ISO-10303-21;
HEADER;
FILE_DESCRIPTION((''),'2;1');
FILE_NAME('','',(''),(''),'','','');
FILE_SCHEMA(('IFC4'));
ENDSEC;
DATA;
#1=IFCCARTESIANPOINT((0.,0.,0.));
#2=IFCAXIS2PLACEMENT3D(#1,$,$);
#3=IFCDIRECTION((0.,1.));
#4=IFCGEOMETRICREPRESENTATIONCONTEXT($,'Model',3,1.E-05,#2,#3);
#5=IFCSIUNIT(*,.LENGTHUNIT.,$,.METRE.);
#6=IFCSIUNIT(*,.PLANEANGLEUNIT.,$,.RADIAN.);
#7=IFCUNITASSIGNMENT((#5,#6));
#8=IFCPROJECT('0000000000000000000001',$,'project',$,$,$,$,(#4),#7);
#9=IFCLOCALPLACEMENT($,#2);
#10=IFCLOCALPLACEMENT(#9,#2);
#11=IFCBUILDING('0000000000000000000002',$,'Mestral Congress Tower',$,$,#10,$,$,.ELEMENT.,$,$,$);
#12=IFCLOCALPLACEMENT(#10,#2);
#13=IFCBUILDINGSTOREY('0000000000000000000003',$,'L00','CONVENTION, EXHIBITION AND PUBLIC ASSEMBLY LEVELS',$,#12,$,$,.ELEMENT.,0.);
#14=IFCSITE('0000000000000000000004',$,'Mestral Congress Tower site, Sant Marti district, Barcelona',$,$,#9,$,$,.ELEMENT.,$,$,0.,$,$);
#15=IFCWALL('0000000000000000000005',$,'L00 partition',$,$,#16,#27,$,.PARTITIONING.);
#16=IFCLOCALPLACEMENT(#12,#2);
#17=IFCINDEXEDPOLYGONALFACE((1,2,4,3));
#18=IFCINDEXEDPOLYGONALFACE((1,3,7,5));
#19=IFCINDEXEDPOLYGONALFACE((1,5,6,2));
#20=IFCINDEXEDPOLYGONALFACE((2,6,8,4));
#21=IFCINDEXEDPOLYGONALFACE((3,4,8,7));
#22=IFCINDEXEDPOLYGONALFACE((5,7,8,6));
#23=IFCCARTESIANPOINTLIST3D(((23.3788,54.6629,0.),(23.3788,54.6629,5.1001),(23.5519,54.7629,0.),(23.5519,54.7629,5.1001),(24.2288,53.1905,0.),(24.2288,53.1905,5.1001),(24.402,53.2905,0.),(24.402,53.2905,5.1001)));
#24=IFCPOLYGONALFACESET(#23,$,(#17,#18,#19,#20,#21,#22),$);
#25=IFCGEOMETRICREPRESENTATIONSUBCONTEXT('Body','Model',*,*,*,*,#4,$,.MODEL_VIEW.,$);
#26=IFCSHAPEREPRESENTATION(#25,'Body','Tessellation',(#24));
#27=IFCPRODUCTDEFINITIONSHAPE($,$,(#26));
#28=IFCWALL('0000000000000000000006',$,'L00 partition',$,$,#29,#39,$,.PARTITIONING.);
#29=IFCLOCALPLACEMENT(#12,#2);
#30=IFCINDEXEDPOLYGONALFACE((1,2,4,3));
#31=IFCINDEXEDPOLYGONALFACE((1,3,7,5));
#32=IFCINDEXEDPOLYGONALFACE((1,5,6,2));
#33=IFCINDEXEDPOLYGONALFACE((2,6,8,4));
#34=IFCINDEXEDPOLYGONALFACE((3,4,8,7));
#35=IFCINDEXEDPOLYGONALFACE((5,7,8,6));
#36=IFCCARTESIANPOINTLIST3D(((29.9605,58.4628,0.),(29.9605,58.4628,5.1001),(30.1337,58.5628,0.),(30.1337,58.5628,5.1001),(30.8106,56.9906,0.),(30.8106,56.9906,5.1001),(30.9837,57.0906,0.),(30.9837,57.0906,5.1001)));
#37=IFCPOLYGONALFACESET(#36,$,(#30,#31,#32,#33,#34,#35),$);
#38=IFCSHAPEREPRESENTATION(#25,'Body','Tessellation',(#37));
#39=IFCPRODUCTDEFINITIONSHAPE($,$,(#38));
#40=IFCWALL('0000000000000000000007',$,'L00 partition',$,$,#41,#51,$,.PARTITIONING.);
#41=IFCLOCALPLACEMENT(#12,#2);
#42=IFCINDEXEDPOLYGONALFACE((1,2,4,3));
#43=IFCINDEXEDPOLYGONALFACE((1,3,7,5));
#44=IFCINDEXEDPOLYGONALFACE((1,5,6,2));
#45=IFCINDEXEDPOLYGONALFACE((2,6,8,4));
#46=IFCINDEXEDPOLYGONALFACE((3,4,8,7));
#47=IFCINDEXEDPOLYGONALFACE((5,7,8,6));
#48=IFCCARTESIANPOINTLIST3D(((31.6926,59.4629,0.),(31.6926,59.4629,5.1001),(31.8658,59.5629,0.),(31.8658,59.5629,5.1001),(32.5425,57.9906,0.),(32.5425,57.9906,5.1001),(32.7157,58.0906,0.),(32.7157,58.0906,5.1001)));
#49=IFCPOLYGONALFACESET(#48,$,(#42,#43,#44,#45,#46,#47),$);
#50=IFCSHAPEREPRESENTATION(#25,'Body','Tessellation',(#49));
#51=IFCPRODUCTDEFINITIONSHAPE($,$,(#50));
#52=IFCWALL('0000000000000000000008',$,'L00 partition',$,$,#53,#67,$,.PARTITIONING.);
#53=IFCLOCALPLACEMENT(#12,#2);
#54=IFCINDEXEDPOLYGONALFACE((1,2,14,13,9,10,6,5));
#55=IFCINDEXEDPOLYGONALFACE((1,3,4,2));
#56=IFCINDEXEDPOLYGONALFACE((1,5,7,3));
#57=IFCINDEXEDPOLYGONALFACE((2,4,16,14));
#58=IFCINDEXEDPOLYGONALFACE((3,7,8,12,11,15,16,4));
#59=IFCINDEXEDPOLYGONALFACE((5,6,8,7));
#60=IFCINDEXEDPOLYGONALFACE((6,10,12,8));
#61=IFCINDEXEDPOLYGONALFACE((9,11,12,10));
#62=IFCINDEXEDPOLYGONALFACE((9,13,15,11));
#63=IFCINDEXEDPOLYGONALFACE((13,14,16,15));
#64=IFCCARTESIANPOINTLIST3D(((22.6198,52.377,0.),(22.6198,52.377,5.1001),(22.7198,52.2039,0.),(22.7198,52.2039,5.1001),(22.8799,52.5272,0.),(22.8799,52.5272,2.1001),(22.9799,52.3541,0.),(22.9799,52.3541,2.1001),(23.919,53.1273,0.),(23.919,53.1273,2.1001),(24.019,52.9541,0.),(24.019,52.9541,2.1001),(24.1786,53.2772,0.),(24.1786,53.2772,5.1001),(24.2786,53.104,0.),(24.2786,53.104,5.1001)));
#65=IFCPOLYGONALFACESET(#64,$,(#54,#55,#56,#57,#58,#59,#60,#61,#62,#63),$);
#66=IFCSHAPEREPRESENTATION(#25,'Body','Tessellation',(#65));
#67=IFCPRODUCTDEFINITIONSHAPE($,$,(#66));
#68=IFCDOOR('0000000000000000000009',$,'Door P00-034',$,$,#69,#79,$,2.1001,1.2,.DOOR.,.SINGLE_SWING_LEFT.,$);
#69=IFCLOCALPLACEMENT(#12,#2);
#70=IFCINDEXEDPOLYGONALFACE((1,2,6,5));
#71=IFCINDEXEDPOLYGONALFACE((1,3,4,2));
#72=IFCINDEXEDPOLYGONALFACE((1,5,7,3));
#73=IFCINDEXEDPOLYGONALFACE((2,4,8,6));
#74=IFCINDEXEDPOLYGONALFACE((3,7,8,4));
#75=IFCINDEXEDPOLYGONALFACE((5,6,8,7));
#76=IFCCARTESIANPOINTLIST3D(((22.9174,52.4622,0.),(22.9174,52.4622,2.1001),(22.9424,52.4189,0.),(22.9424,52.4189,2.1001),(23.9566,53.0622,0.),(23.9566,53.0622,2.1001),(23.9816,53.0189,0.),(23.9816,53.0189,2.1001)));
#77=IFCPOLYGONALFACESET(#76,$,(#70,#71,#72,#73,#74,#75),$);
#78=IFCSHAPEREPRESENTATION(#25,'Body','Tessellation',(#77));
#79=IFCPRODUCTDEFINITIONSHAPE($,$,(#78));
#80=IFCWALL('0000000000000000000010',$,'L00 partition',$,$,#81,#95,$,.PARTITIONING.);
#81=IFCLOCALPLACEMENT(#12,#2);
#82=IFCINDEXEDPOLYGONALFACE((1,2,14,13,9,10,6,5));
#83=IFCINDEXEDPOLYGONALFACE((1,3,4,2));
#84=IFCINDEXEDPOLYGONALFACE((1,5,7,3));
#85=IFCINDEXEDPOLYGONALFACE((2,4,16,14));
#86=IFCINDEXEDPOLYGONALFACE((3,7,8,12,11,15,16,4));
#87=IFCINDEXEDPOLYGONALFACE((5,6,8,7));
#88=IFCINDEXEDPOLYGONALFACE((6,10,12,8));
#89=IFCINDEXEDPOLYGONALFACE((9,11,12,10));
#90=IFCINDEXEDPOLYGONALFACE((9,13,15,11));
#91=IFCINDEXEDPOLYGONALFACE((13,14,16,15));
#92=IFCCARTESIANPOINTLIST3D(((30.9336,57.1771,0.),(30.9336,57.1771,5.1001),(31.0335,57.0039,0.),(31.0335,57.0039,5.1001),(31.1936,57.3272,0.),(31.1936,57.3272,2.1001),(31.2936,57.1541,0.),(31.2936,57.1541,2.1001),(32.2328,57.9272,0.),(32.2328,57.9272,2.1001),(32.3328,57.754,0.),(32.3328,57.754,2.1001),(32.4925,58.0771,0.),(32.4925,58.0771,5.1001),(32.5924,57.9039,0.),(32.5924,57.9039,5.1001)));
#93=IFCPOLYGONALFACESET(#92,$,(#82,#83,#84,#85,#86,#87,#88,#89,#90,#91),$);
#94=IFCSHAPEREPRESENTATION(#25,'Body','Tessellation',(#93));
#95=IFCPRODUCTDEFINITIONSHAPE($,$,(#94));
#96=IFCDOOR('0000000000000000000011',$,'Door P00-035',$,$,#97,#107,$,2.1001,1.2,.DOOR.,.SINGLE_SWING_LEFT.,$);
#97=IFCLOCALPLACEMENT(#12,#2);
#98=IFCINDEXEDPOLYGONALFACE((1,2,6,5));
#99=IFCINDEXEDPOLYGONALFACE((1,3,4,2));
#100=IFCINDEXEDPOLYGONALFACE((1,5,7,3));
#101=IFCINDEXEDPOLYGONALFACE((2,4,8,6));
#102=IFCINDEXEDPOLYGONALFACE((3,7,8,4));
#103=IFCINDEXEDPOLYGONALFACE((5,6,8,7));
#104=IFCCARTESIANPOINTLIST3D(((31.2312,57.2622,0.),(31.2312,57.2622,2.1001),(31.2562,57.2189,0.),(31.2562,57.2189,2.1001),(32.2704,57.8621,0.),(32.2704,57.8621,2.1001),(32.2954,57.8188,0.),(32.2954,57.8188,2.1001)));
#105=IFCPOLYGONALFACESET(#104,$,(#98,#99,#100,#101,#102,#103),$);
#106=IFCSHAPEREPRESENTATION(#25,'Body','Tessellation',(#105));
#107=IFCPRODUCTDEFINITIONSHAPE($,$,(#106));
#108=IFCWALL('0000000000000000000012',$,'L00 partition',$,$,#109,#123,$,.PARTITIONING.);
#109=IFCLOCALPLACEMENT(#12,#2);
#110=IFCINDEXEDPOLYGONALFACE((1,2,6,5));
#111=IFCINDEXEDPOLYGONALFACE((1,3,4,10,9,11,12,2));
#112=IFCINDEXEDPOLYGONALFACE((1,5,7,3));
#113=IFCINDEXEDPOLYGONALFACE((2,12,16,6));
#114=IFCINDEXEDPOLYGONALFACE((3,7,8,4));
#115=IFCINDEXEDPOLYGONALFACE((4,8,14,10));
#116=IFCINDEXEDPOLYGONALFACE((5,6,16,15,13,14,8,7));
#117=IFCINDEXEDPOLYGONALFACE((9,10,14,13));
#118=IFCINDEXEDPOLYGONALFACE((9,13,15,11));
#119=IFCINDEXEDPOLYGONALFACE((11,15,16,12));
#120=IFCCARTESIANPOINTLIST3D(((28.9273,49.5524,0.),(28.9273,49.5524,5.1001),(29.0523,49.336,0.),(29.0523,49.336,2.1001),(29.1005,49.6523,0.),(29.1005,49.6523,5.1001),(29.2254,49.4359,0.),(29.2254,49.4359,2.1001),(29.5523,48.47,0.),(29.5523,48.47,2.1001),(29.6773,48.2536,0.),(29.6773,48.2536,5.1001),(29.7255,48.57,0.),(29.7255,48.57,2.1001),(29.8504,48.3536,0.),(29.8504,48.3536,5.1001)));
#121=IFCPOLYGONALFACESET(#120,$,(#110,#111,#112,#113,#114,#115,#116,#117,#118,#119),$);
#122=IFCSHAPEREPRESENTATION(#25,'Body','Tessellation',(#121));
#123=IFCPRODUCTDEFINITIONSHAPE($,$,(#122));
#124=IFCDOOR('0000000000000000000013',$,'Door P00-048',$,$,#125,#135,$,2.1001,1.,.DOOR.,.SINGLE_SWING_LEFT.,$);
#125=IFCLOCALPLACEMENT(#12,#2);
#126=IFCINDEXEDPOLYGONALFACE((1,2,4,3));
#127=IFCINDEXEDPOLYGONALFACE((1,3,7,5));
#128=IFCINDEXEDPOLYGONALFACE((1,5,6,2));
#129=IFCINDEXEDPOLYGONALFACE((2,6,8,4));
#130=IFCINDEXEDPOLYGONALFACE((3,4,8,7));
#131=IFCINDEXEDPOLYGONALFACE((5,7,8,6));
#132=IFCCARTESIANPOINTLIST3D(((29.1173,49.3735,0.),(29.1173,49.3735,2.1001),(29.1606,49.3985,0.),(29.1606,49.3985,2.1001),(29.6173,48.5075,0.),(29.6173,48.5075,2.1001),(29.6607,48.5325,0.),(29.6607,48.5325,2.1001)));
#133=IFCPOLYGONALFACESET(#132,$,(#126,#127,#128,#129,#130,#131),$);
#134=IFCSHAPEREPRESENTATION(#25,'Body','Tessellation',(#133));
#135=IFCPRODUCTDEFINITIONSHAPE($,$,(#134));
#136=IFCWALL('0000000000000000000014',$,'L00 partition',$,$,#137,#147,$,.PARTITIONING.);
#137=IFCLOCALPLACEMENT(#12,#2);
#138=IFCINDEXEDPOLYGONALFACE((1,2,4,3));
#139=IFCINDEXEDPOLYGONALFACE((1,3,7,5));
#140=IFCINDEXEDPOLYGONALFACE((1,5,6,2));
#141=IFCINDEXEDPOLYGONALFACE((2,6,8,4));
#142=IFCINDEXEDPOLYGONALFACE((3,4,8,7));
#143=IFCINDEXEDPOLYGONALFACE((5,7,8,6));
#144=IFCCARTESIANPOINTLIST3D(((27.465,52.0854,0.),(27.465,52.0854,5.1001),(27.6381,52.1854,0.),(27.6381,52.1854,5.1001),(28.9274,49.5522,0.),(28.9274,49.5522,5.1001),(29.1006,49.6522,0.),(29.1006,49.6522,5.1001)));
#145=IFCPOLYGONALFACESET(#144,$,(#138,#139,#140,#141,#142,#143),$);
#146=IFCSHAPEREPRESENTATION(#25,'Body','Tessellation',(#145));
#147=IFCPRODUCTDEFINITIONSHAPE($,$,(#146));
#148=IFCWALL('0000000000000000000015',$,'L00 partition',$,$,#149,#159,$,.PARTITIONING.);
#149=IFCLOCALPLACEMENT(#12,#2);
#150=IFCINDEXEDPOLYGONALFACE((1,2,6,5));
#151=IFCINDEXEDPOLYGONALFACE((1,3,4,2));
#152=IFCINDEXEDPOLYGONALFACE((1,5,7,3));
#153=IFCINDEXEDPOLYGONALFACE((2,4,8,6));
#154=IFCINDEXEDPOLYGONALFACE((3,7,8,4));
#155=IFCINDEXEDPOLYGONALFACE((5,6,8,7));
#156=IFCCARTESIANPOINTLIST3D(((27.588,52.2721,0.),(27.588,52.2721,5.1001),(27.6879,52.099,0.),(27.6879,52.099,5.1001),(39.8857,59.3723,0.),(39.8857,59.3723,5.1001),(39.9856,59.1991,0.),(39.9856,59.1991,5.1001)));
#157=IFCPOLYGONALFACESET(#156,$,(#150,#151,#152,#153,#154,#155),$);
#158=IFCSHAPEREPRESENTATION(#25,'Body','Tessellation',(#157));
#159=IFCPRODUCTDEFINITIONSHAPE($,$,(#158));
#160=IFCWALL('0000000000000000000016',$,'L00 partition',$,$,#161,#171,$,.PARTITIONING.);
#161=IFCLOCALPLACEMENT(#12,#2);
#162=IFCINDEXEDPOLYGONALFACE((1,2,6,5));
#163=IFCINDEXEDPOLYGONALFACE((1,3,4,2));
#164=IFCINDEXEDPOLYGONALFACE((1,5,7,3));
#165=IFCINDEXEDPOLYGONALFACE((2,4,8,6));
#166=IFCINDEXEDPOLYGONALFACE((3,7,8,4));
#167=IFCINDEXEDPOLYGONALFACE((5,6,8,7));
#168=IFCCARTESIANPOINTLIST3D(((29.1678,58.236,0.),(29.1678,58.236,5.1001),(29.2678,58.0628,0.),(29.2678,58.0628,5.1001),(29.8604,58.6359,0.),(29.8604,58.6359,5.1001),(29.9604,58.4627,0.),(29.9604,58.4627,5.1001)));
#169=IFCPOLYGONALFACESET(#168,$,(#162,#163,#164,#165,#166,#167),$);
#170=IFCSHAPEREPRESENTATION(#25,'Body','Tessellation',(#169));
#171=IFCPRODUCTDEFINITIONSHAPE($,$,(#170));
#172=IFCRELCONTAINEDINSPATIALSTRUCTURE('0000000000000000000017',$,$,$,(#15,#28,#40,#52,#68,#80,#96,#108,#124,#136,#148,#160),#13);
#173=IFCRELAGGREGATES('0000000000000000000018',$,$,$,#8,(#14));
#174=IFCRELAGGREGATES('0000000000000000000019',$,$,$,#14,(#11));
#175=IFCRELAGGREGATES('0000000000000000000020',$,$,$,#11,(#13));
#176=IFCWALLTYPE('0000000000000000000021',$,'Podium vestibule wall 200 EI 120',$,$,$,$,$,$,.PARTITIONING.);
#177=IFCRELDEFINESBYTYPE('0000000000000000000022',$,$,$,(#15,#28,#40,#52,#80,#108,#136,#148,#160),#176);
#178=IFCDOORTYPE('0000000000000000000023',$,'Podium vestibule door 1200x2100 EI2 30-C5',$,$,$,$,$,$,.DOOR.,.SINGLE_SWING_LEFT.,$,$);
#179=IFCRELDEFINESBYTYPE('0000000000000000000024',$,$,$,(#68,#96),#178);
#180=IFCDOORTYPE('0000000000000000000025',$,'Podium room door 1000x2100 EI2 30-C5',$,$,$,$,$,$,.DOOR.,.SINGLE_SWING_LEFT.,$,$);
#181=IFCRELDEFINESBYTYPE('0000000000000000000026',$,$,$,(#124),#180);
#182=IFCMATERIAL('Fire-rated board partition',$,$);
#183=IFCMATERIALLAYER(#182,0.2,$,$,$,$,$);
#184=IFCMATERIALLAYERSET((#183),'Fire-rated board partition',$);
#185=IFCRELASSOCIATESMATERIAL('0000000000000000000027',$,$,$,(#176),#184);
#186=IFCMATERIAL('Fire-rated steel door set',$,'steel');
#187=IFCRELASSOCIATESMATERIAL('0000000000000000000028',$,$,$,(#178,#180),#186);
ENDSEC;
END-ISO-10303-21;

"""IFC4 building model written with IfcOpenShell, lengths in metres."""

from ifc_helpers import new_model, si_unit, direction, frame, frame_2d, origin, place, context, subcontext, project, spatial, rectangle, extrude, material, layer, layer_set, type_object, element, fill, save


model = new_model("IFC4")

# Units and contexts
model_context = context("Model", 3, precision=1e-05, world=origin(), true_north=direction((0.0, 1.0)))
body_context = subcontext(model_context, "Body", "Model", "MODEL_VIEW")
ifc_project = project(units=[si_unit("LENGTHUNIT", "METRE"), si_unit("PLANEANGLEUNIT", "RADIAN")], contexts=[model_context])

# Site, building, storey
site_placement = place(None, origin())
site = spatial("IfcSite", under=ifc_project, at=site_placement, Name="Mestral Congress Tower site, Sant Marti district, Barcelona", CompositionType="ELEMENT", RefElevation=0.0)
building_placement = place(site_placement, origin())
building = spatial("IfcBuilding", under=site, at=building_placement, Name="Mestral Congress Tower", CompositionType="ELEMENT")
storey_placement = place(building_placement, origin())
storey = spatial("IfcBuildingStorey", under=building, at=storey_placement, Name="L00", Description="CONVENTION, EXHIBITION AND PUBLIC ASSEMBLY LEVELS", CompositionType="ELEMENT", Elevation=0.0)

# Walls
ifc_material_1 = material(Name="Fire-rated board partition")
ifc_layer_1 = layer(ifc_material_1, 0.2)
ifc_layer_set_1 = layer_set([ifc_layer_1], Name="Fire-rated board partition")
wall_type_1 = type_object("IfcWallType", Name="Podium vestibule wall 200 EI 120", PredefinedType="PARTITIONING", material=ifc_layer_set_1)
wall_1_placement = place(storey_placement, frame((24.3154, 53.2405, 0.0), z_axis=(0.0, 0.0, 1.0), x_axis=(-0.5, 0.866025, 0.0)))
element("IfcWall", 1, at=wall_1_placement, inside=storey, type_object=wall_type_1, Name="L00 partition", PredefinedType="PARTITIONING", context=body_context, shape_type="SweptSolid", body=[
    extrude(rectangle(XDim=1.7002, YDim=0.2, at=frame_2d((0.8501, 0.0))), origin(), (0.0, 0.0, 1.0), 5.1001),
])
for number, where, z_axis, x_axis, name in (
    (2, (30.8972, 57.0405, 0.0), (0.0, 0.0, 1.0), (-0.500062, 0.865989, 0.0), "L00 partition"),
    (3, (32.6292, 58.0405, 0.0), (0.0, 0.0, 1.0), (-0.499955, 0.866052, 0.0), "L00 partition"),
):
    element("IfcWall", number, at=place(storey_placement, frame(where, z_axis=z_axis, x_axis=x_axis)), inside=storey, type_object=wall_type_1, Name=name, PredefinedType="PARTITIONING", context=body_context, shape_type="SweptSolid", body=[
        extrude(rectangle(XDim=1.7, YDim=0.2, at=frame_2d((0.8501, 0.0))), origin(), (0.0, 0.0, 1.0), 5.1001),
    ])

# Walls, openings, doors
wall_2_placement = place(storey_placement, frame((22.6699, 52.2905, 0.0), z_axis=(0.0, 0.0, 1.0), x_axis=(0.865989, 0.500063, 0.0)))
wall_2 = element("IfcWall", 4, at=wall_2_placement, inside=storey, type_object=wall_type_1, Name="L00 partition", PredefinedType="PARTITIONING", context=body_context, shape_type="SweptSolid", body=[
    extrude(rectangle(XDim=1.8, YDim=0.2, at=frame_2d((0.8999, 0.0))), origin(), (0.0, 0.0, 1.0), 5.1001),
])
opening_1_placement = place(wall_2_placement, frame((0.3, 0.0, 0.0)))
opening_1 = element("IfcOpeningElement", 5, at=opening_1_placement, cuts=wall_2, PredefinedType="OPENING", context=body_context, shape_type="SweptSolid", body=[
    extrude(rectangle(XDim=1.2, YDim=2.1001, at=frame_2d((0.6001, 1.05))), frame((0.0, 0.1099, 0.0), z_axis=(0.0, -1.0, 0.0), x_axis=(1.0, 0.0, 0.0)), (0.0, 0.0, 1.0), 0.22),
])
ifc_material_2 = material(Name="Fire-rated steel door set", Category="steel")
door_type_1 = type_object("IfcDoorType", Name="Podium vestibule door 1200x2100 EI2 30-C5", OperationType="SINGLE_SWING_LEFT", PredefinedType="DOOR", material=ifc_material_2)
door_1_placement = place(opening_1_placement, origin())
door_1 = element("IfcDoor", 6, at=door_1_placement, inside=storey, type_object=door_type_1, Name="Door P00-034", OperationType="SINGLE_SWING_LEFT", OverallHeight=2.1001, OverallWidth=1.2, PredefinedType="DOOR", context=body_context, shape_type="SweptSolid", body=[
    extrude(rectangle(XDim=1.2, YDim=2.1001, at=frame_2d((0.6001, 1.05))), frame((0.0, 0.0249, 0.0), z_axis=(0.0, -1.0, 0.0), x_axis=(1.0, 0.0, 0.0)), (0.0, 0.0, 1.0), 0.05),
])
fill(opening_1, door_1)
wall_3_placement = place(storey_placement, frame((30.9836, 57.0906, 0.0), z_axis=(0.0, 0.0, 1.0), x_axis=(0.866048, 0.499961, 0.0)))
wall_3 = element("IfcWall", 7, at=wall_3_placement, inside=storey, type_object=wall_type_1, Name="L00 partition", PredefinedType="PARTITIONING", context=body_context, shape_type="SweptSolid", body=[
    extrude(rectangle(XDim=1.8, YDim=0.2, at=frame_2d((0.8999, 0.0))), origin(), (0.0, 0.0, 1.0), 5.1001),
])
opening_2_placement = place(wall_3_placement, frame((0.3, 0.0, 0.0)))
opening_2 = element("IfcOpeningElement", 8, at=opening_2_placement, cuts=wall_3, PredefinedType="OPENING", context=body_context, shape_type="SweptSolid", body=[
    extrude(rectangle(XDim=1.2, YDim=2.1001, at=frame_2d((0.6001, 1.05))), frame((0.0, 0.1099, 0.0), z_axis=(0.0, -1.0, 0.0), x_axis=(1.0, 0.0, 0.0)), (0.0, 0.0, 1.0), 0.22),
])
door_2_placement = place(opening_2_placement, origin())
door_2 = element("IfcDoor", 9, at=door_2_placement, inside=storey, type_object=door_type_1, Name="Door P00-035", OperationType="SINGLE_SWING_LEFT", OverallHeight=2.1001, OverallWidth=1.2, PredefinedType="DOOR", context=body_context, shape_type="SweptSolid", body=[
    extrude(rectangle(XDim=1.2, YDim=2.1001, at=frame_2d((0.6001, 1.05))), frame((0.0, 0.0249, 0.0), z_axis=(0.0, -1.0, 0.0), x_axis=(1.0, 0.0, 0.0)), (0.0, 0.0, 1.0), 0.05),
])
fill(opening_2, door_2)
wall_4_placement = place(storey_placement, frame((29.7639, 48.3035, 0.0), z_axis=(0.0, 0.0, 1.0), x_axis=(-0.500061, 0.86599, 0.0)))
wall_4 = element("IfcWall", 10, at=wall_4_placement, inside=storey, type_object=wall_type_1, Name="L00 partition", PredefinedType="PARTITIONING", context=body_context, shape_type="SweptSolid", body=[
    extrude(rectangle(XDim=1.4998, YDim=0.2, at=frame_2d((0.75, 0.0))), origin(), (0.0, 0.0, 1.0), 5.1001),
])
opening_3_placement = place(wall_4_placement, frame((0.25, 0.0, 0.0)))
opening_3 = element("IfcOpeningElement", 11, at=opening_3_placement, cuts=wall_4, PredefinedType="OPENING", context=body_context, shape_type="SweptSolid", body=[
    extrude(rectangle(XDim=1.0, YDim=2.1001, at=frame_2d((0.5, 1.05))), frame((0.0, 0.1099, 0.0), z_axis=(0.0, -1.0, 0.0), x_axis=(1.0, 0.0, 0.0)), (0.0, 0.0, 1.0), 0.22),
])
door_type_2 = type_object("IfcDoorType", Name="Podium room door 1000x2100 EI2 30-C5", OperationType="SINGLE_SWING_LEFT", PredefinedType="DOOR", material=ifc_material_2)
door_3_placement = place(opening_3_placement, origin())
door_3 = element("IfcDoor", 12, at=door_3_placement, inside=storey, type_object=door_type_2, Name="Door P00-048", OperationType="SINGLE_SWING_LEFT", OverallHeight=2.1001, OverallWidth=1.0, PredefinedType="DOOR", context=body_context, shape_type="SweptSolid", body=[
    extrude(rectangle(XDim=1.0, YDim=2.1001, at=frame_2d((0.5, 1.05))), frame((0.0, 0.0249, 0.0), z_axis=(0.0, -1.0, 0.0), x_axis=(1.0, 0.0, 0.0)), (0.0, 0.0, 1.0), 0.05),
])
fill(opening_3, door_3)

# Walls
wall_5_placement = place(storey_placement, frame((29.0139, 49.6023, 0.0), z_axis=(0.0, 0.0, 1.0), x_axis=(-0.499963, 0.866047, 0.0)))
element("IfcWall", 13, at=wall_5_placement, inside=storey, type_object=wall_type_1, Name="L00 partition", PredefinedType="PARTITIONING", context=body_context, shape_type="SweptSolid", body=[
    extrude(rectangle(XDim=2.925, YDim=0.2, at=frame_2d((1.4624, 0.0))), origin(), (0.0, 0.0, 1.0), 5.1001),
])
wall_6_placement = place(storey_placement, frame((27.6379, 52.1855, 0.0), z_axis=(0.0, 0.0, 1.0), x_axis=(0.866023, 0.500004, 0.0)))
element("IfcWall", 14, at=wall_6_placement, inside=storey, type_object=wall_type_1, Name="L00 partition", PredefinedType="PARTITIONING", context=body_context, shape_type="SweptSolid", body=[
    extrude(rectangle(XDim=14.2002, YDim=0.2, at=frame_2d((7.1001, 0.0))), origin(), (0.0, 0.0, 1.0), 5.1001),
])
wall_7_placement = place(storey_placement, frame((29.2178, 58.1494, 0.0), z_axis=(0.0, 0.0, 1.0), x_axis=(0.866018, 0.500013, 0.0)))
element("IfcWall", 15, at=wall_7_placement, inside=storey, type_object=wall_type_1, Name="L00 partition", PredefinedType="PARTITIONING", context=body_context, shape_type="SweptSolid", body=[
    extrude(rectangle(XDim=0.7998, YDim=0.2, at=frame_2d((0.3999, 0.0))), origin(), (0.0, 0.0, 1.0), 5.1001),
])

save(model, "model.ifc")
